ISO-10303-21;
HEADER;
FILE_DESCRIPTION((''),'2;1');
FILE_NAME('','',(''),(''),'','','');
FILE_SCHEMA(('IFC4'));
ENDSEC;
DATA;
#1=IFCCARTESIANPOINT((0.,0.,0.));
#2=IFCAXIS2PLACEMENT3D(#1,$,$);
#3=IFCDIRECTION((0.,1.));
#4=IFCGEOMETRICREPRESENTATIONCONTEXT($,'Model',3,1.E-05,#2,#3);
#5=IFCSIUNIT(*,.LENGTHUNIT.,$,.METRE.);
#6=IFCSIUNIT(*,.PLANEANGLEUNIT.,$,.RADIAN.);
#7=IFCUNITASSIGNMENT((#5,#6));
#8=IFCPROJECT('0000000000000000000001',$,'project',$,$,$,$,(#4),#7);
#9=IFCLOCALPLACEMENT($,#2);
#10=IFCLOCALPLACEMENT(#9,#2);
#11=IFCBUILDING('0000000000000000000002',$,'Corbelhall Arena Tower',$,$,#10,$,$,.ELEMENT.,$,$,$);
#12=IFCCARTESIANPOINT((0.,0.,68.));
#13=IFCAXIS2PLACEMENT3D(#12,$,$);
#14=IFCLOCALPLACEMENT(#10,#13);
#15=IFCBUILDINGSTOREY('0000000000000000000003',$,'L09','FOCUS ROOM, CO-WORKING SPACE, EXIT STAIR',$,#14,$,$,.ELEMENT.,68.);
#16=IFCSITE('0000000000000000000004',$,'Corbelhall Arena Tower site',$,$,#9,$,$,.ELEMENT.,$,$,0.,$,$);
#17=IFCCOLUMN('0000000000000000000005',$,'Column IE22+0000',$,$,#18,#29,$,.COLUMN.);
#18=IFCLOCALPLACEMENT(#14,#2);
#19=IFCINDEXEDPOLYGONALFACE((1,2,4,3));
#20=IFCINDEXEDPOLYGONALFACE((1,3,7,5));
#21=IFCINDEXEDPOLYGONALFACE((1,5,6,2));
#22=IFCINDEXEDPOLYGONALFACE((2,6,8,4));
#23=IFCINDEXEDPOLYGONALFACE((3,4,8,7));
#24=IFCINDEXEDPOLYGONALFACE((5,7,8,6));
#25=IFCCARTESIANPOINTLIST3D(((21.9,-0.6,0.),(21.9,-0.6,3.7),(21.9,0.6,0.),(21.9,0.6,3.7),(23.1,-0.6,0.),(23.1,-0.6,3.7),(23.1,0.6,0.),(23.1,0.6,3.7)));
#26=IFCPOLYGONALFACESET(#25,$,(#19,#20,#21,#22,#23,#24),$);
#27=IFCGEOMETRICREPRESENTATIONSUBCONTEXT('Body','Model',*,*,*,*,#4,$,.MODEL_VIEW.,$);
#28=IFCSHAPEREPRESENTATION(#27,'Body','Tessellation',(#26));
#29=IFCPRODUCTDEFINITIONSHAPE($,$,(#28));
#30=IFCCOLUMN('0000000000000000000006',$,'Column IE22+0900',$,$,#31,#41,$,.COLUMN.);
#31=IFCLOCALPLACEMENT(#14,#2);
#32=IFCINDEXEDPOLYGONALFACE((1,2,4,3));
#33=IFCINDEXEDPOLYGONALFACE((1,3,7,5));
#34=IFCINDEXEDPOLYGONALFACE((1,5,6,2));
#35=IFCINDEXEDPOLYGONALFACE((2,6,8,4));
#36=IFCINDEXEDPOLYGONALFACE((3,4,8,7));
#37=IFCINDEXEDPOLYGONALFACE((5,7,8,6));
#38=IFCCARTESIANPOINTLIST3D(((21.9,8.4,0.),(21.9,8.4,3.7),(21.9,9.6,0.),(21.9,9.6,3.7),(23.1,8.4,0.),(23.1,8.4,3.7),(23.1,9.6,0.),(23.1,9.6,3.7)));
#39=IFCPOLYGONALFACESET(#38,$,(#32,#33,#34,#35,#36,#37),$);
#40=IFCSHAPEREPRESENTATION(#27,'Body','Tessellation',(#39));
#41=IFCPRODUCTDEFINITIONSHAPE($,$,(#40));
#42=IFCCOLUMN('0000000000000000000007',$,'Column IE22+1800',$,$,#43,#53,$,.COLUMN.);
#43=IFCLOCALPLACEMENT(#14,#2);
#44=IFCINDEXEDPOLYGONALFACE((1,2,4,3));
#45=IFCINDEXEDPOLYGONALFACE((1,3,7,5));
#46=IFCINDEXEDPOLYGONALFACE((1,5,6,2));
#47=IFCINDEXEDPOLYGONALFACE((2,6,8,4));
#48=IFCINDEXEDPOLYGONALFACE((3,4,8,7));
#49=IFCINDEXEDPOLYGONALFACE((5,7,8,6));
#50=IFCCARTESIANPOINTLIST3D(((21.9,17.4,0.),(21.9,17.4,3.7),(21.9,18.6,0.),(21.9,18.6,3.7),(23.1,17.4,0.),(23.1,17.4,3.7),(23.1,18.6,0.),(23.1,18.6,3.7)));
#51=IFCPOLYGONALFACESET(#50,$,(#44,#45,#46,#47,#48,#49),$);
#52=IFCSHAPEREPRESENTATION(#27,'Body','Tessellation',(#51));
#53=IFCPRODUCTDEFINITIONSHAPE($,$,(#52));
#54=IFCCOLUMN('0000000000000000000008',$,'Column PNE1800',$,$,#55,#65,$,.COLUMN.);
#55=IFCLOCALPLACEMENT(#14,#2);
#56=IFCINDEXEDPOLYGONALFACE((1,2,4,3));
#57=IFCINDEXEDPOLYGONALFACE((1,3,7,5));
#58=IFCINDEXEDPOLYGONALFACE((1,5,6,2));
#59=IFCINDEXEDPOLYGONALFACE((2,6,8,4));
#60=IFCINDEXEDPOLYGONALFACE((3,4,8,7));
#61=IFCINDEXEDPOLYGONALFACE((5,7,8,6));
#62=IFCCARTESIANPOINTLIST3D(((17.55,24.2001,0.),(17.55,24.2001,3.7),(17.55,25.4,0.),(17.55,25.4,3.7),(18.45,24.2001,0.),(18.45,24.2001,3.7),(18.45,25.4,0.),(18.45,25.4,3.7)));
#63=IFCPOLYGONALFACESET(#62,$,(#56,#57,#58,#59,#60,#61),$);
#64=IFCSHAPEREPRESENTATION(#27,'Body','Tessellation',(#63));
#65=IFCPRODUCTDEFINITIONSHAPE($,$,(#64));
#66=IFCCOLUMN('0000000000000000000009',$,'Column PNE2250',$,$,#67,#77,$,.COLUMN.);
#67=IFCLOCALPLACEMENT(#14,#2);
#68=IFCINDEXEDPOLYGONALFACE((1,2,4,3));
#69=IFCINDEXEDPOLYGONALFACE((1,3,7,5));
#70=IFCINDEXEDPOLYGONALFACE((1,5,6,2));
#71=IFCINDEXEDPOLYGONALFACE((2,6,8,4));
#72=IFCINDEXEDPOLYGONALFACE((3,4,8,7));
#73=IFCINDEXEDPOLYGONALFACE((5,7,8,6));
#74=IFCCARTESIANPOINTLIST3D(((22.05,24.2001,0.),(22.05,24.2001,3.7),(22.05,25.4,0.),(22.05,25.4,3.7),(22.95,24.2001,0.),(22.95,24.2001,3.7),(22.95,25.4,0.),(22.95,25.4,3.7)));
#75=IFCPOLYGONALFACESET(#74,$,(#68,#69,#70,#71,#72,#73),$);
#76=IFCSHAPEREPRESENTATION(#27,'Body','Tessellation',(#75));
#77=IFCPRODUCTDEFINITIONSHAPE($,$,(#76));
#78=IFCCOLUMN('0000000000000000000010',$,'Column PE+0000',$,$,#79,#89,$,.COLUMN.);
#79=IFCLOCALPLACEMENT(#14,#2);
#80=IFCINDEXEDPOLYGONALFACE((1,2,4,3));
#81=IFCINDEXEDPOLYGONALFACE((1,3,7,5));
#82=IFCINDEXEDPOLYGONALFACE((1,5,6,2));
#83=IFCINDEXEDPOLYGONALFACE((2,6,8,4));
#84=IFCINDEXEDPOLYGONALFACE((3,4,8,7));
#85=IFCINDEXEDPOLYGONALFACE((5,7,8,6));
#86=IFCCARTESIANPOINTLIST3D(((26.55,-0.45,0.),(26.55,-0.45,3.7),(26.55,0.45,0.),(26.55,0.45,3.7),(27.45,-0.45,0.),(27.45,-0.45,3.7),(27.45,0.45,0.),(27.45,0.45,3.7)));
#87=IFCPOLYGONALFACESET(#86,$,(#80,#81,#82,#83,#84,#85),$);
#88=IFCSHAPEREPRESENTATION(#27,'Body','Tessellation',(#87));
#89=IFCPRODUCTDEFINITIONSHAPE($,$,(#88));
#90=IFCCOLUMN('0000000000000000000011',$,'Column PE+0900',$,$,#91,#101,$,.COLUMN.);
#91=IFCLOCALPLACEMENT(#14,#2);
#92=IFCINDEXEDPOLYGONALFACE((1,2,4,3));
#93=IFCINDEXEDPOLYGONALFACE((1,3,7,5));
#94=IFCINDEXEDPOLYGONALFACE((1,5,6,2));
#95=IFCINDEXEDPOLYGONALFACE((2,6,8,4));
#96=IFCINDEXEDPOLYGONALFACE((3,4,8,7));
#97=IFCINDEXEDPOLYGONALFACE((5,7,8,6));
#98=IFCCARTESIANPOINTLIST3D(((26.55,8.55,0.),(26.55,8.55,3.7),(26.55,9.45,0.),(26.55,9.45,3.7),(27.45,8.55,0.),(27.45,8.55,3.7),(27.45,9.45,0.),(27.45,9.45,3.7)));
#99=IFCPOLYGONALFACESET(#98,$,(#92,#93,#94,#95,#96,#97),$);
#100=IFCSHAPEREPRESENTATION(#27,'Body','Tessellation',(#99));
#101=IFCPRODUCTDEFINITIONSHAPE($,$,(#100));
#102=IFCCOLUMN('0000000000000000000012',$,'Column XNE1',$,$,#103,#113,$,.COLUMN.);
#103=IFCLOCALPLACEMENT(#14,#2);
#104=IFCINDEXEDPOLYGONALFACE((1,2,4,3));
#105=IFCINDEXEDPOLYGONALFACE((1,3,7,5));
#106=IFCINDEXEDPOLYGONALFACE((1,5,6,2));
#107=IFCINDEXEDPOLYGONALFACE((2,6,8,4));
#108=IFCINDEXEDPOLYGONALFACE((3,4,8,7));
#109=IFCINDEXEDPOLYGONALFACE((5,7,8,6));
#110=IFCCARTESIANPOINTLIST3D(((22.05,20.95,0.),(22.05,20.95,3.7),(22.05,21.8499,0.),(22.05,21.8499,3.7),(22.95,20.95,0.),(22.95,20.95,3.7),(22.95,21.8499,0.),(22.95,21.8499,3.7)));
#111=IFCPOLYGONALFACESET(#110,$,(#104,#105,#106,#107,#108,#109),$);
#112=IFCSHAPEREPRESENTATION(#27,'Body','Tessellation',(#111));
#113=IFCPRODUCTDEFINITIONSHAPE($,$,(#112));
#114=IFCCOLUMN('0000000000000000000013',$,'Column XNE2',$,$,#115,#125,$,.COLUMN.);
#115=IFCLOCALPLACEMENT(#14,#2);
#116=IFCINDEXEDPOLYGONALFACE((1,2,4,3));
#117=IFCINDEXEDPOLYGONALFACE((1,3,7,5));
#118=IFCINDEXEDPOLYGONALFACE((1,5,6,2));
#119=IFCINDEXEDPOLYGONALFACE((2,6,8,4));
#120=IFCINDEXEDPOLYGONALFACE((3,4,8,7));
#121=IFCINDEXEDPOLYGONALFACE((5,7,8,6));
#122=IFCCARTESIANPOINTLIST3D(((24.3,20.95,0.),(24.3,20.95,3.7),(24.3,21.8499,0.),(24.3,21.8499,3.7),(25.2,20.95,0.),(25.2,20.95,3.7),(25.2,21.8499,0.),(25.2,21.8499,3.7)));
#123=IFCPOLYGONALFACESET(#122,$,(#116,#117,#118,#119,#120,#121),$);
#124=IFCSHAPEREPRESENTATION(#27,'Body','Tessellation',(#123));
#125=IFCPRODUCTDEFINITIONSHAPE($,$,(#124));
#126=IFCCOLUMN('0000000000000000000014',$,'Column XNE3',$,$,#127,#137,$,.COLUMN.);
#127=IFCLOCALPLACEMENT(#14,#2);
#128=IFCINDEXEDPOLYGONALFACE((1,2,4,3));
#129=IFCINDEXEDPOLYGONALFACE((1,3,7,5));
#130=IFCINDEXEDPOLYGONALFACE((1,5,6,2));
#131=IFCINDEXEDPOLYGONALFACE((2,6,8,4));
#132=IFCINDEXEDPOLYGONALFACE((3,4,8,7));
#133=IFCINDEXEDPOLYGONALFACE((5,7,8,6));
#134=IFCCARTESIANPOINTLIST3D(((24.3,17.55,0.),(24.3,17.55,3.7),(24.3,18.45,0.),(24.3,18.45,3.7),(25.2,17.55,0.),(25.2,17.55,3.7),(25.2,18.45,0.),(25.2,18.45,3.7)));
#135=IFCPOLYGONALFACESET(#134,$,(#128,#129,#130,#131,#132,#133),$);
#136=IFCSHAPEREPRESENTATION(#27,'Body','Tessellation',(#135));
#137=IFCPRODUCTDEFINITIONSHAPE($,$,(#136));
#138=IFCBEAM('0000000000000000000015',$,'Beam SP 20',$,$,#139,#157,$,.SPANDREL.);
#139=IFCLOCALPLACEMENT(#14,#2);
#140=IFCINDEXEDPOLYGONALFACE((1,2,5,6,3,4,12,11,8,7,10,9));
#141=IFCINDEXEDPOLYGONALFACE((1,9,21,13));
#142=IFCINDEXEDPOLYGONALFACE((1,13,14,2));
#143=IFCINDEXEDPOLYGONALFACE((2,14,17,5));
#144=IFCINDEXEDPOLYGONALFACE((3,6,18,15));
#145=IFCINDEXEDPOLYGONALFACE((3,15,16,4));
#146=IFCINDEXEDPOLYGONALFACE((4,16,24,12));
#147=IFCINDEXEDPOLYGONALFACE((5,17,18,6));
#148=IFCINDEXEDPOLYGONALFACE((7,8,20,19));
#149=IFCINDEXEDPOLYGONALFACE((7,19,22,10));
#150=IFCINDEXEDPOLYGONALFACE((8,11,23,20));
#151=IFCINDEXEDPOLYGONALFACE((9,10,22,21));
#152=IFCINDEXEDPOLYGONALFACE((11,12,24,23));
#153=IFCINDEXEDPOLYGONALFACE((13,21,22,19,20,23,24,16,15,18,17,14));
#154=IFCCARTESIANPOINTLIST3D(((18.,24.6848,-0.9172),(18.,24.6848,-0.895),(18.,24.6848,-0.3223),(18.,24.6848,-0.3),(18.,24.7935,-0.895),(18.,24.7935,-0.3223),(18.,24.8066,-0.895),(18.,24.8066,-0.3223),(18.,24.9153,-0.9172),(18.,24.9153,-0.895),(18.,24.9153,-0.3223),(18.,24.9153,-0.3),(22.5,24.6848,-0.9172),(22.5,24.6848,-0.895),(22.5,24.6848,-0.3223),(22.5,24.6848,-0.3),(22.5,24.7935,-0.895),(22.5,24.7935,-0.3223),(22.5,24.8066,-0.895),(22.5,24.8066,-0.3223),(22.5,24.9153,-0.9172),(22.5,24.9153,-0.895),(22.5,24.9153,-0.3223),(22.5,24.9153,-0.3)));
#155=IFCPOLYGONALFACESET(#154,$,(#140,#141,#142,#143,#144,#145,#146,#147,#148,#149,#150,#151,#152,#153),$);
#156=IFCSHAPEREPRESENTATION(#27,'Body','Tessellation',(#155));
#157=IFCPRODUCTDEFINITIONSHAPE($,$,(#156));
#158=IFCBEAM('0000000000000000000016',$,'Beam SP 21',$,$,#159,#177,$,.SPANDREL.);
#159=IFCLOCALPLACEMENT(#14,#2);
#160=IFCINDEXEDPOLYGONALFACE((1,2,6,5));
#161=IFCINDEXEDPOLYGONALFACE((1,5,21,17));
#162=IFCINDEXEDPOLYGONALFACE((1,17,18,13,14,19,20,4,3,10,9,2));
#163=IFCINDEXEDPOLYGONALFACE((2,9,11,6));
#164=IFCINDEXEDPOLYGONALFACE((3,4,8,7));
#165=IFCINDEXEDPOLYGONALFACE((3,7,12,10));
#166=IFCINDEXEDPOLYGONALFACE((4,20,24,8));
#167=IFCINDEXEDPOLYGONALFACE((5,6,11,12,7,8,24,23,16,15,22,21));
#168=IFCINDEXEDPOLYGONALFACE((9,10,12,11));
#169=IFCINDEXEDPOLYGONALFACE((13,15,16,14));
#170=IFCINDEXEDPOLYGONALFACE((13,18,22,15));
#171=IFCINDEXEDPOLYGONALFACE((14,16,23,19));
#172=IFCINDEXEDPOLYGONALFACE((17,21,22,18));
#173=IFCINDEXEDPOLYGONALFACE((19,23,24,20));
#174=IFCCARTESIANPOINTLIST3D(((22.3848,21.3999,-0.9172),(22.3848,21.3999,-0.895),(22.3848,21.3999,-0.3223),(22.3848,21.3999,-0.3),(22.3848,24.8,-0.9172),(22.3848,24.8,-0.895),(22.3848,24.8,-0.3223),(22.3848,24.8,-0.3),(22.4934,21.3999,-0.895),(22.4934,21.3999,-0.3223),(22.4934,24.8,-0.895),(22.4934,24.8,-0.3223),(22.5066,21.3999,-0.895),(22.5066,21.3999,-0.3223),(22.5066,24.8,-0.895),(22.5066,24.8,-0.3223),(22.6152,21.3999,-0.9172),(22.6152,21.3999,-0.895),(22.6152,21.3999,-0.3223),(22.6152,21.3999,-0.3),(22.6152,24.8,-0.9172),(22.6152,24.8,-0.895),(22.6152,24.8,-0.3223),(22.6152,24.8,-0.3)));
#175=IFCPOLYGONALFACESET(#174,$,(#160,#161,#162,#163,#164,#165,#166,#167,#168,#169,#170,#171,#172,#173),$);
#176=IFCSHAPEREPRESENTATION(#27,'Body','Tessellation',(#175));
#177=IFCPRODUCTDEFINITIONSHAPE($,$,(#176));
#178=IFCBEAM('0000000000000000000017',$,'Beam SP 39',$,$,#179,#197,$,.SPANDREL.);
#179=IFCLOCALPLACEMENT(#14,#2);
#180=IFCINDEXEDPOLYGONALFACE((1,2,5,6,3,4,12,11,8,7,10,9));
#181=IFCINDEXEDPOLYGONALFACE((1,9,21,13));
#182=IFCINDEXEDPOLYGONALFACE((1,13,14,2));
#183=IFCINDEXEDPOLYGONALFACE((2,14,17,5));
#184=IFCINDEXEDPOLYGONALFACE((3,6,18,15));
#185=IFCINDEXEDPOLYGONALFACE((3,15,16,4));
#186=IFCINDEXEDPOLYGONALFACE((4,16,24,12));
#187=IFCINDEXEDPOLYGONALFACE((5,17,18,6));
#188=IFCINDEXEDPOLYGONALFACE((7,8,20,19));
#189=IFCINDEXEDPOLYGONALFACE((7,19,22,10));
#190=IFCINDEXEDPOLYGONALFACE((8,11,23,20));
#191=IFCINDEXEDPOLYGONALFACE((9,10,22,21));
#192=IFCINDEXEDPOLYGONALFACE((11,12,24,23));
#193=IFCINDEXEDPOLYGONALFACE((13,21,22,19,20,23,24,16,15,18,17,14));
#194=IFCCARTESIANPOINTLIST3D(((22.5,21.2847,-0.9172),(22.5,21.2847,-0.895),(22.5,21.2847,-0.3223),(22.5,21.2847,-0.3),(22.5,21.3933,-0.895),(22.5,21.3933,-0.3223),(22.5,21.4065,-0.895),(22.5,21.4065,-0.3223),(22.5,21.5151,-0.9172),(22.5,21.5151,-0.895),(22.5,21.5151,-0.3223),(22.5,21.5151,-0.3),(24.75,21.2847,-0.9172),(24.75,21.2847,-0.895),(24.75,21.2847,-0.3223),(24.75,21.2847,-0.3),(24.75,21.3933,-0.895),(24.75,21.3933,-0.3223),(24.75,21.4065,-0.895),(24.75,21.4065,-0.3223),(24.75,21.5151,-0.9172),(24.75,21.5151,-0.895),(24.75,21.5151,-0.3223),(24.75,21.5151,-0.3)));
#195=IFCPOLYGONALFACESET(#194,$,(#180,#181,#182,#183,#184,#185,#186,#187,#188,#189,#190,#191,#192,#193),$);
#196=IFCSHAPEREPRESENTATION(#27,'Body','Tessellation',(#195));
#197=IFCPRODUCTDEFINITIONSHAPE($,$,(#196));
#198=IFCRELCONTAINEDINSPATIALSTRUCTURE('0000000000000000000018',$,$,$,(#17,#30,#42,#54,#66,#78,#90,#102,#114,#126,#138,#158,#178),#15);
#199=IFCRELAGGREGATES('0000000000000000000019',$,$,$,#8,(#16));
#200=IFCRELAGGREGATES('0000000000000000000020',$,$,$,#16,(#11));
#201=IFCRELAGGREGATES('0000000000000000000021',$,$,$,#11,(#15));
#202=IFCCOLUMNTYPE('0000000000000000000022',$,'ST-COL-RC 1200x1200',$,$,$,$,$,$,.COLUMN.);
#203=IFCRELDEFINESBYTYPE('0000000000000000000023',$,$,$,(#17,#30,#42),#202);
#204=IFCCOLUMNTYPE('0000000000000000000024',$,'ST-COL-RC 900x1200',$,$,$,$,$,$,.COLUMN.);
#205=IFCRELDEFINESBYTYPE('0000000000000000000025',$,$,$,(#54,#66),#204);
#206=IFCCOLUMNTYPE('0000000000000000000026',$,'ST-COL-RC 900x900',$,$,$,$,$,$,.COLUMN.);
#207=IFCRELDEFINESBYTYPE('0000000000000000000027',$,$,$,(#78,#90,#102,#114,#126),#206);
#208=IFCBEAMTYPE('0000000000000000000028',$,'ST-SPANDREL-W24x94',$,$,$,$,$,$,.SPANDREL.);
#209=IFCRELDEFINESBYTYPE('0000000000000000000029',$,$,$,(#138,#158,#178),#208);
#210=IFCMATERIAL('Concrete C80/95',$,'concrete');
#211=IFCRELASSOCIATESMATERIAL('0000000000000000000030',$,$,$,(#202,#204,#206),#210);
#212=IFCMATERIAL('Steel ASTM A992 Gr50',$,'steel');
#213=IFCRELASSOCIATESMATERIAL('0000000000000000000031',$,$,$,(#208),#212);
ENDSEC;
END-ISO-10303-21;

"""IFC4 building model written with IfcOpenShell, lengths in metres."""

from ifc_helpers import new_model, si_unit, direction, frame, origin, origin_2d, place, context, subcontext, project, spatial, rectangle, i_section, extrude, material, material_profile, profile_set, type_object, element, save


model = new_model("IFC4")

# Units and contexts
model_context = context("Model", 3, precision=1e-05, world=origin(), true_north=direction((0.0, 1.0)))
body_context = subcontext(model_context, "Body", "Model", "MODEL_VIEW")
ifc_project = project(units=[si_unit("LENGTHUNIT", "METRE"), si_unit("PLANEANGLEUNIT", "RADIAN")], contexts=[model_context])

# Site, building, storey
site_placement = place(None, origin())
site = spatial("IfcSite", under=ifc_project, at=site_placement, Name="Corbelhall Arena Tower site", CompositionType="ELEMENT", RefElevation=0.0)
building_placement = place(site_placement, origin())
building = spatial("IfcBuilding", under=site, at=building_placement, Name="Corbelhall Arena Tower", CompositionType="ELEMENT")
storey_placement = place(building_placement, frame((0.0, 0.0, 68.0)))
storey = spatial("IfcBuildingStorey", under=building, at=storey_placement, Name="L09", Description="FOCUS ROOM, CO-WORKING SPACE, EXIT STAIR", CompositionType="ELEMENT", Elevation=68.0)

# Columns
ifc_material_1 = material(Name="Concrete C80/95", Category="concrete")
ifc_material_profile_1 = material_profile(ifc_material_1, rectangle(XDim=1.2, YDim=1.2, at=origin_2d()))
ifc_profile_set_1 = profile_set([ifc_material_profile_1], Name="Concrete C80/95")
column_type_1 = type_object("IfcColumnType", Name="ST-COL-RC 1200x1200", PredefinedType="COLUMN", material=ifc_profile_set_1)
for number, where, z_axis, x_axis, name in (
    (1, (22.5, 0.0, 0.0), (0.0, 0.0, 1.0), (1.0, 0.0, 0.0), "Column IE22+0000"),
    (2, (22.5, 9.0, 0.0), (0.0, 0.0, 1.0), (1.0, 0.0, 0.0), "Column IE22+0900"),
    (3, (22.5, 18.0, 0.0), (0.0, 0.0, 1.0), (1.0, 0.0, 0.0), "Column IE22+1800"),
):
    element("IfcColumn", number, at=place(storey_placement, frame(where, z_axis=z_axis, x_axis=x_axis)), inside=storey, type_object=column_type_1, Name=name, PredefinedType="COLUMN", context=body_context, shape_type="SweptSolid", body=[
        extrude(rectangle(XDim=1.2, YDim=1.2, at=origin_2d()), origin(), (0.0, 0.0, 1.0), 3.7),
    ])
ifc_material_profile_2 = material_profile(ifc_material_1, rectangle(XDim=0.8999, YDim=1.2, at=origin_2d()))
ifc_profile_set_2 = profile_set([ifc_material_profile_2], Name="Concrete C80/95")
column_type_2 = type_object("IfcColumnType", Name="ST-COL-RC 900x1200", PredefinedType="COLUMN", material=ifc_profile_set_2)
for number, where, z_axis, x_axis, name in (
    (4, (18.0, 24.8, 0.0), (0.0, 0.0, 1.0), (1.0, 0.0, 0.0), "Column PNE1800"),
    (5, (22.5, 24.8, 0.0), (0.0, 0.0, 1.0), (1.0, 0.0, 0.0), "Column PNE2250"),
):
    element("IfcColumn", number, at=place(storey_placement, frame(where, z_axis=z_axis, x_axis=x_axis)), inside=storey, type_object=column_type_2, Name=name, PredefinedType="COLUMN", context=body_context, shape_type="SweptSolid", body=[
        extrude(rectangle(XDim=0.8999, YDim=1.2, at=origin_2d()), origin(), (0.0, 0.0, 1.0), 3.7),
    ])
ifc_material_profile_3 = material_profile(ifc_material_1, rectangle(XDim=0.8999, YDim=0.8999, at=origin_2d()))
ifc_profile_set_3 = profile_set([ifc_material_profile_3], Name="Concrete C80/95")
column_type_3 = type_object("IfcColumnType", Name="ST-COL-RC 900x900", PredefinedType="COLUMN", material=ifc_profile_set_3)
for number, where, z_axis, x_axis, name in (
    (6, (27.0, 0.0, 0.0), (0.0, 0.0, 1.0), (1.0, 0.0, 0.0), "Column PE+0000"),
    (7, (27.0, 9.0, 0.0), (0.0, 0.0, 1.0), (1.0, 0.0, 0.0), "Column PE+0900"),
    (8, (22.5, 21.3999, 0.0), (0.0, 0.0, 1.0), (1.0, 0.0, 0.0), "Column XNE1"),
    (9, (24.75, 21.3999, 0.0), (0.0, 0.0, 1.0), (1.0, 0.0, 0.0), "Column XNE2"),
    (10, (24.75, 18.0, 0.0), (0.0, 0.0, 1.0), (1.0, 0.0, 0.0), "Column XNE3"),
):
    element("IfcColumn", number, at=place(storey_placement, frame(where, z_axis=z_axis, x_axis=x_axis)), inside=storey, type_object=column_type_3, Name=name, PredefinedType="COLUMN", context=body_context, shape_type="SweptSolid", body=[
        extrude(rectangle(XDim=0.8999, YDim=0.8999, at=origin_2d()), origin(), (0.0, 0.0, 1.0), 3.7),
    ])

# Beams
ifc_material_2 = material(Name="Steel ASTM A992 Gr50", Category="steel")
ifc_material_profile_4 = material_profile(ifc_material_2, i_section(OverallWidth=0.2305, OverallDepth=0.6172, WebThickness=0.0132, FlangeThickness=0.0222, at=origin_2d()))
ifc_profile_set_4 = profile_set([ifc_material_profile_4], Name="Steel ASTM A992 Gr50")
beam_type = type_object("IfcBeamType", Name="ST-SPANDREL-W24x94", PredefinedType="SPANDREL", material=ifc_profile_set_4)
beam_1_placement = place(storey_placement, frame((18.0, 24.8, -0.6086), z_axis=(1.0, 0.0, 0.0), x_axis=(0.0, 1.0, 0.0)))
element("IfcBeam", 11, at=beam_1_placement, inside=storey, type_object=beam_type, Name="Beam SP 20", PredefinedType="SPANDREL", context=body_context, shape_type="SweptSolid", body=[
    extrude(i_section(OverallWidth=0.2305, OverallDepth=0.6172, WebThickness=0.0132, FlangeThickness=0.0222, at=origin_2d()), origin(), (0.0, 0.0, 1.0), 4.5),
])
beam_2_placement = place(storey_placement, frame((22.5, 24.8, -0.6086), z_axis=(0.0, -1.0, 0.0), x_axis=(1.0, 0.0, 0.0)))
element("IfcBeam", 12, at=beam_2_placement, inside=storey, type_object=beam_type, Name="Beam SP 21", PredefinedType="SPANDREL", context=body_context, shape_type="SweptSolid", body=[
    extrude(i_section(OverallWidth=0.2305, OverallDepth=0.6172, WebThickness=0.0132, FlangeThickness=0.0222, at=origin_2d()), origin(), (0.0, 0.0, 1.0), 3.4001),
])
beam_3_placement = place(storey_placement, frame((22.5, 21.3999, -0.6086), z_axis=(1.0, 0.0, 0.0), x_axis=(0.0, 1.0, 0.0)))
element("IfcBeam", 13, at=beam_3_placement, inside=storey, type_object=beam_type, Name="Beam SP 39", PredefinedType="SPANDREL", context=body_context, shape_type="SweptSolid", body=[
    extrude(i_section(OverallWidth=0.2305, OverallDepth=0.6172, WebThickness=0.0132, FlangeThickness=0.0222, at=origin_2d()), origin(), (0.0, 0.0, 1.0), 2.25),
])

save(model, "model.ifc")
